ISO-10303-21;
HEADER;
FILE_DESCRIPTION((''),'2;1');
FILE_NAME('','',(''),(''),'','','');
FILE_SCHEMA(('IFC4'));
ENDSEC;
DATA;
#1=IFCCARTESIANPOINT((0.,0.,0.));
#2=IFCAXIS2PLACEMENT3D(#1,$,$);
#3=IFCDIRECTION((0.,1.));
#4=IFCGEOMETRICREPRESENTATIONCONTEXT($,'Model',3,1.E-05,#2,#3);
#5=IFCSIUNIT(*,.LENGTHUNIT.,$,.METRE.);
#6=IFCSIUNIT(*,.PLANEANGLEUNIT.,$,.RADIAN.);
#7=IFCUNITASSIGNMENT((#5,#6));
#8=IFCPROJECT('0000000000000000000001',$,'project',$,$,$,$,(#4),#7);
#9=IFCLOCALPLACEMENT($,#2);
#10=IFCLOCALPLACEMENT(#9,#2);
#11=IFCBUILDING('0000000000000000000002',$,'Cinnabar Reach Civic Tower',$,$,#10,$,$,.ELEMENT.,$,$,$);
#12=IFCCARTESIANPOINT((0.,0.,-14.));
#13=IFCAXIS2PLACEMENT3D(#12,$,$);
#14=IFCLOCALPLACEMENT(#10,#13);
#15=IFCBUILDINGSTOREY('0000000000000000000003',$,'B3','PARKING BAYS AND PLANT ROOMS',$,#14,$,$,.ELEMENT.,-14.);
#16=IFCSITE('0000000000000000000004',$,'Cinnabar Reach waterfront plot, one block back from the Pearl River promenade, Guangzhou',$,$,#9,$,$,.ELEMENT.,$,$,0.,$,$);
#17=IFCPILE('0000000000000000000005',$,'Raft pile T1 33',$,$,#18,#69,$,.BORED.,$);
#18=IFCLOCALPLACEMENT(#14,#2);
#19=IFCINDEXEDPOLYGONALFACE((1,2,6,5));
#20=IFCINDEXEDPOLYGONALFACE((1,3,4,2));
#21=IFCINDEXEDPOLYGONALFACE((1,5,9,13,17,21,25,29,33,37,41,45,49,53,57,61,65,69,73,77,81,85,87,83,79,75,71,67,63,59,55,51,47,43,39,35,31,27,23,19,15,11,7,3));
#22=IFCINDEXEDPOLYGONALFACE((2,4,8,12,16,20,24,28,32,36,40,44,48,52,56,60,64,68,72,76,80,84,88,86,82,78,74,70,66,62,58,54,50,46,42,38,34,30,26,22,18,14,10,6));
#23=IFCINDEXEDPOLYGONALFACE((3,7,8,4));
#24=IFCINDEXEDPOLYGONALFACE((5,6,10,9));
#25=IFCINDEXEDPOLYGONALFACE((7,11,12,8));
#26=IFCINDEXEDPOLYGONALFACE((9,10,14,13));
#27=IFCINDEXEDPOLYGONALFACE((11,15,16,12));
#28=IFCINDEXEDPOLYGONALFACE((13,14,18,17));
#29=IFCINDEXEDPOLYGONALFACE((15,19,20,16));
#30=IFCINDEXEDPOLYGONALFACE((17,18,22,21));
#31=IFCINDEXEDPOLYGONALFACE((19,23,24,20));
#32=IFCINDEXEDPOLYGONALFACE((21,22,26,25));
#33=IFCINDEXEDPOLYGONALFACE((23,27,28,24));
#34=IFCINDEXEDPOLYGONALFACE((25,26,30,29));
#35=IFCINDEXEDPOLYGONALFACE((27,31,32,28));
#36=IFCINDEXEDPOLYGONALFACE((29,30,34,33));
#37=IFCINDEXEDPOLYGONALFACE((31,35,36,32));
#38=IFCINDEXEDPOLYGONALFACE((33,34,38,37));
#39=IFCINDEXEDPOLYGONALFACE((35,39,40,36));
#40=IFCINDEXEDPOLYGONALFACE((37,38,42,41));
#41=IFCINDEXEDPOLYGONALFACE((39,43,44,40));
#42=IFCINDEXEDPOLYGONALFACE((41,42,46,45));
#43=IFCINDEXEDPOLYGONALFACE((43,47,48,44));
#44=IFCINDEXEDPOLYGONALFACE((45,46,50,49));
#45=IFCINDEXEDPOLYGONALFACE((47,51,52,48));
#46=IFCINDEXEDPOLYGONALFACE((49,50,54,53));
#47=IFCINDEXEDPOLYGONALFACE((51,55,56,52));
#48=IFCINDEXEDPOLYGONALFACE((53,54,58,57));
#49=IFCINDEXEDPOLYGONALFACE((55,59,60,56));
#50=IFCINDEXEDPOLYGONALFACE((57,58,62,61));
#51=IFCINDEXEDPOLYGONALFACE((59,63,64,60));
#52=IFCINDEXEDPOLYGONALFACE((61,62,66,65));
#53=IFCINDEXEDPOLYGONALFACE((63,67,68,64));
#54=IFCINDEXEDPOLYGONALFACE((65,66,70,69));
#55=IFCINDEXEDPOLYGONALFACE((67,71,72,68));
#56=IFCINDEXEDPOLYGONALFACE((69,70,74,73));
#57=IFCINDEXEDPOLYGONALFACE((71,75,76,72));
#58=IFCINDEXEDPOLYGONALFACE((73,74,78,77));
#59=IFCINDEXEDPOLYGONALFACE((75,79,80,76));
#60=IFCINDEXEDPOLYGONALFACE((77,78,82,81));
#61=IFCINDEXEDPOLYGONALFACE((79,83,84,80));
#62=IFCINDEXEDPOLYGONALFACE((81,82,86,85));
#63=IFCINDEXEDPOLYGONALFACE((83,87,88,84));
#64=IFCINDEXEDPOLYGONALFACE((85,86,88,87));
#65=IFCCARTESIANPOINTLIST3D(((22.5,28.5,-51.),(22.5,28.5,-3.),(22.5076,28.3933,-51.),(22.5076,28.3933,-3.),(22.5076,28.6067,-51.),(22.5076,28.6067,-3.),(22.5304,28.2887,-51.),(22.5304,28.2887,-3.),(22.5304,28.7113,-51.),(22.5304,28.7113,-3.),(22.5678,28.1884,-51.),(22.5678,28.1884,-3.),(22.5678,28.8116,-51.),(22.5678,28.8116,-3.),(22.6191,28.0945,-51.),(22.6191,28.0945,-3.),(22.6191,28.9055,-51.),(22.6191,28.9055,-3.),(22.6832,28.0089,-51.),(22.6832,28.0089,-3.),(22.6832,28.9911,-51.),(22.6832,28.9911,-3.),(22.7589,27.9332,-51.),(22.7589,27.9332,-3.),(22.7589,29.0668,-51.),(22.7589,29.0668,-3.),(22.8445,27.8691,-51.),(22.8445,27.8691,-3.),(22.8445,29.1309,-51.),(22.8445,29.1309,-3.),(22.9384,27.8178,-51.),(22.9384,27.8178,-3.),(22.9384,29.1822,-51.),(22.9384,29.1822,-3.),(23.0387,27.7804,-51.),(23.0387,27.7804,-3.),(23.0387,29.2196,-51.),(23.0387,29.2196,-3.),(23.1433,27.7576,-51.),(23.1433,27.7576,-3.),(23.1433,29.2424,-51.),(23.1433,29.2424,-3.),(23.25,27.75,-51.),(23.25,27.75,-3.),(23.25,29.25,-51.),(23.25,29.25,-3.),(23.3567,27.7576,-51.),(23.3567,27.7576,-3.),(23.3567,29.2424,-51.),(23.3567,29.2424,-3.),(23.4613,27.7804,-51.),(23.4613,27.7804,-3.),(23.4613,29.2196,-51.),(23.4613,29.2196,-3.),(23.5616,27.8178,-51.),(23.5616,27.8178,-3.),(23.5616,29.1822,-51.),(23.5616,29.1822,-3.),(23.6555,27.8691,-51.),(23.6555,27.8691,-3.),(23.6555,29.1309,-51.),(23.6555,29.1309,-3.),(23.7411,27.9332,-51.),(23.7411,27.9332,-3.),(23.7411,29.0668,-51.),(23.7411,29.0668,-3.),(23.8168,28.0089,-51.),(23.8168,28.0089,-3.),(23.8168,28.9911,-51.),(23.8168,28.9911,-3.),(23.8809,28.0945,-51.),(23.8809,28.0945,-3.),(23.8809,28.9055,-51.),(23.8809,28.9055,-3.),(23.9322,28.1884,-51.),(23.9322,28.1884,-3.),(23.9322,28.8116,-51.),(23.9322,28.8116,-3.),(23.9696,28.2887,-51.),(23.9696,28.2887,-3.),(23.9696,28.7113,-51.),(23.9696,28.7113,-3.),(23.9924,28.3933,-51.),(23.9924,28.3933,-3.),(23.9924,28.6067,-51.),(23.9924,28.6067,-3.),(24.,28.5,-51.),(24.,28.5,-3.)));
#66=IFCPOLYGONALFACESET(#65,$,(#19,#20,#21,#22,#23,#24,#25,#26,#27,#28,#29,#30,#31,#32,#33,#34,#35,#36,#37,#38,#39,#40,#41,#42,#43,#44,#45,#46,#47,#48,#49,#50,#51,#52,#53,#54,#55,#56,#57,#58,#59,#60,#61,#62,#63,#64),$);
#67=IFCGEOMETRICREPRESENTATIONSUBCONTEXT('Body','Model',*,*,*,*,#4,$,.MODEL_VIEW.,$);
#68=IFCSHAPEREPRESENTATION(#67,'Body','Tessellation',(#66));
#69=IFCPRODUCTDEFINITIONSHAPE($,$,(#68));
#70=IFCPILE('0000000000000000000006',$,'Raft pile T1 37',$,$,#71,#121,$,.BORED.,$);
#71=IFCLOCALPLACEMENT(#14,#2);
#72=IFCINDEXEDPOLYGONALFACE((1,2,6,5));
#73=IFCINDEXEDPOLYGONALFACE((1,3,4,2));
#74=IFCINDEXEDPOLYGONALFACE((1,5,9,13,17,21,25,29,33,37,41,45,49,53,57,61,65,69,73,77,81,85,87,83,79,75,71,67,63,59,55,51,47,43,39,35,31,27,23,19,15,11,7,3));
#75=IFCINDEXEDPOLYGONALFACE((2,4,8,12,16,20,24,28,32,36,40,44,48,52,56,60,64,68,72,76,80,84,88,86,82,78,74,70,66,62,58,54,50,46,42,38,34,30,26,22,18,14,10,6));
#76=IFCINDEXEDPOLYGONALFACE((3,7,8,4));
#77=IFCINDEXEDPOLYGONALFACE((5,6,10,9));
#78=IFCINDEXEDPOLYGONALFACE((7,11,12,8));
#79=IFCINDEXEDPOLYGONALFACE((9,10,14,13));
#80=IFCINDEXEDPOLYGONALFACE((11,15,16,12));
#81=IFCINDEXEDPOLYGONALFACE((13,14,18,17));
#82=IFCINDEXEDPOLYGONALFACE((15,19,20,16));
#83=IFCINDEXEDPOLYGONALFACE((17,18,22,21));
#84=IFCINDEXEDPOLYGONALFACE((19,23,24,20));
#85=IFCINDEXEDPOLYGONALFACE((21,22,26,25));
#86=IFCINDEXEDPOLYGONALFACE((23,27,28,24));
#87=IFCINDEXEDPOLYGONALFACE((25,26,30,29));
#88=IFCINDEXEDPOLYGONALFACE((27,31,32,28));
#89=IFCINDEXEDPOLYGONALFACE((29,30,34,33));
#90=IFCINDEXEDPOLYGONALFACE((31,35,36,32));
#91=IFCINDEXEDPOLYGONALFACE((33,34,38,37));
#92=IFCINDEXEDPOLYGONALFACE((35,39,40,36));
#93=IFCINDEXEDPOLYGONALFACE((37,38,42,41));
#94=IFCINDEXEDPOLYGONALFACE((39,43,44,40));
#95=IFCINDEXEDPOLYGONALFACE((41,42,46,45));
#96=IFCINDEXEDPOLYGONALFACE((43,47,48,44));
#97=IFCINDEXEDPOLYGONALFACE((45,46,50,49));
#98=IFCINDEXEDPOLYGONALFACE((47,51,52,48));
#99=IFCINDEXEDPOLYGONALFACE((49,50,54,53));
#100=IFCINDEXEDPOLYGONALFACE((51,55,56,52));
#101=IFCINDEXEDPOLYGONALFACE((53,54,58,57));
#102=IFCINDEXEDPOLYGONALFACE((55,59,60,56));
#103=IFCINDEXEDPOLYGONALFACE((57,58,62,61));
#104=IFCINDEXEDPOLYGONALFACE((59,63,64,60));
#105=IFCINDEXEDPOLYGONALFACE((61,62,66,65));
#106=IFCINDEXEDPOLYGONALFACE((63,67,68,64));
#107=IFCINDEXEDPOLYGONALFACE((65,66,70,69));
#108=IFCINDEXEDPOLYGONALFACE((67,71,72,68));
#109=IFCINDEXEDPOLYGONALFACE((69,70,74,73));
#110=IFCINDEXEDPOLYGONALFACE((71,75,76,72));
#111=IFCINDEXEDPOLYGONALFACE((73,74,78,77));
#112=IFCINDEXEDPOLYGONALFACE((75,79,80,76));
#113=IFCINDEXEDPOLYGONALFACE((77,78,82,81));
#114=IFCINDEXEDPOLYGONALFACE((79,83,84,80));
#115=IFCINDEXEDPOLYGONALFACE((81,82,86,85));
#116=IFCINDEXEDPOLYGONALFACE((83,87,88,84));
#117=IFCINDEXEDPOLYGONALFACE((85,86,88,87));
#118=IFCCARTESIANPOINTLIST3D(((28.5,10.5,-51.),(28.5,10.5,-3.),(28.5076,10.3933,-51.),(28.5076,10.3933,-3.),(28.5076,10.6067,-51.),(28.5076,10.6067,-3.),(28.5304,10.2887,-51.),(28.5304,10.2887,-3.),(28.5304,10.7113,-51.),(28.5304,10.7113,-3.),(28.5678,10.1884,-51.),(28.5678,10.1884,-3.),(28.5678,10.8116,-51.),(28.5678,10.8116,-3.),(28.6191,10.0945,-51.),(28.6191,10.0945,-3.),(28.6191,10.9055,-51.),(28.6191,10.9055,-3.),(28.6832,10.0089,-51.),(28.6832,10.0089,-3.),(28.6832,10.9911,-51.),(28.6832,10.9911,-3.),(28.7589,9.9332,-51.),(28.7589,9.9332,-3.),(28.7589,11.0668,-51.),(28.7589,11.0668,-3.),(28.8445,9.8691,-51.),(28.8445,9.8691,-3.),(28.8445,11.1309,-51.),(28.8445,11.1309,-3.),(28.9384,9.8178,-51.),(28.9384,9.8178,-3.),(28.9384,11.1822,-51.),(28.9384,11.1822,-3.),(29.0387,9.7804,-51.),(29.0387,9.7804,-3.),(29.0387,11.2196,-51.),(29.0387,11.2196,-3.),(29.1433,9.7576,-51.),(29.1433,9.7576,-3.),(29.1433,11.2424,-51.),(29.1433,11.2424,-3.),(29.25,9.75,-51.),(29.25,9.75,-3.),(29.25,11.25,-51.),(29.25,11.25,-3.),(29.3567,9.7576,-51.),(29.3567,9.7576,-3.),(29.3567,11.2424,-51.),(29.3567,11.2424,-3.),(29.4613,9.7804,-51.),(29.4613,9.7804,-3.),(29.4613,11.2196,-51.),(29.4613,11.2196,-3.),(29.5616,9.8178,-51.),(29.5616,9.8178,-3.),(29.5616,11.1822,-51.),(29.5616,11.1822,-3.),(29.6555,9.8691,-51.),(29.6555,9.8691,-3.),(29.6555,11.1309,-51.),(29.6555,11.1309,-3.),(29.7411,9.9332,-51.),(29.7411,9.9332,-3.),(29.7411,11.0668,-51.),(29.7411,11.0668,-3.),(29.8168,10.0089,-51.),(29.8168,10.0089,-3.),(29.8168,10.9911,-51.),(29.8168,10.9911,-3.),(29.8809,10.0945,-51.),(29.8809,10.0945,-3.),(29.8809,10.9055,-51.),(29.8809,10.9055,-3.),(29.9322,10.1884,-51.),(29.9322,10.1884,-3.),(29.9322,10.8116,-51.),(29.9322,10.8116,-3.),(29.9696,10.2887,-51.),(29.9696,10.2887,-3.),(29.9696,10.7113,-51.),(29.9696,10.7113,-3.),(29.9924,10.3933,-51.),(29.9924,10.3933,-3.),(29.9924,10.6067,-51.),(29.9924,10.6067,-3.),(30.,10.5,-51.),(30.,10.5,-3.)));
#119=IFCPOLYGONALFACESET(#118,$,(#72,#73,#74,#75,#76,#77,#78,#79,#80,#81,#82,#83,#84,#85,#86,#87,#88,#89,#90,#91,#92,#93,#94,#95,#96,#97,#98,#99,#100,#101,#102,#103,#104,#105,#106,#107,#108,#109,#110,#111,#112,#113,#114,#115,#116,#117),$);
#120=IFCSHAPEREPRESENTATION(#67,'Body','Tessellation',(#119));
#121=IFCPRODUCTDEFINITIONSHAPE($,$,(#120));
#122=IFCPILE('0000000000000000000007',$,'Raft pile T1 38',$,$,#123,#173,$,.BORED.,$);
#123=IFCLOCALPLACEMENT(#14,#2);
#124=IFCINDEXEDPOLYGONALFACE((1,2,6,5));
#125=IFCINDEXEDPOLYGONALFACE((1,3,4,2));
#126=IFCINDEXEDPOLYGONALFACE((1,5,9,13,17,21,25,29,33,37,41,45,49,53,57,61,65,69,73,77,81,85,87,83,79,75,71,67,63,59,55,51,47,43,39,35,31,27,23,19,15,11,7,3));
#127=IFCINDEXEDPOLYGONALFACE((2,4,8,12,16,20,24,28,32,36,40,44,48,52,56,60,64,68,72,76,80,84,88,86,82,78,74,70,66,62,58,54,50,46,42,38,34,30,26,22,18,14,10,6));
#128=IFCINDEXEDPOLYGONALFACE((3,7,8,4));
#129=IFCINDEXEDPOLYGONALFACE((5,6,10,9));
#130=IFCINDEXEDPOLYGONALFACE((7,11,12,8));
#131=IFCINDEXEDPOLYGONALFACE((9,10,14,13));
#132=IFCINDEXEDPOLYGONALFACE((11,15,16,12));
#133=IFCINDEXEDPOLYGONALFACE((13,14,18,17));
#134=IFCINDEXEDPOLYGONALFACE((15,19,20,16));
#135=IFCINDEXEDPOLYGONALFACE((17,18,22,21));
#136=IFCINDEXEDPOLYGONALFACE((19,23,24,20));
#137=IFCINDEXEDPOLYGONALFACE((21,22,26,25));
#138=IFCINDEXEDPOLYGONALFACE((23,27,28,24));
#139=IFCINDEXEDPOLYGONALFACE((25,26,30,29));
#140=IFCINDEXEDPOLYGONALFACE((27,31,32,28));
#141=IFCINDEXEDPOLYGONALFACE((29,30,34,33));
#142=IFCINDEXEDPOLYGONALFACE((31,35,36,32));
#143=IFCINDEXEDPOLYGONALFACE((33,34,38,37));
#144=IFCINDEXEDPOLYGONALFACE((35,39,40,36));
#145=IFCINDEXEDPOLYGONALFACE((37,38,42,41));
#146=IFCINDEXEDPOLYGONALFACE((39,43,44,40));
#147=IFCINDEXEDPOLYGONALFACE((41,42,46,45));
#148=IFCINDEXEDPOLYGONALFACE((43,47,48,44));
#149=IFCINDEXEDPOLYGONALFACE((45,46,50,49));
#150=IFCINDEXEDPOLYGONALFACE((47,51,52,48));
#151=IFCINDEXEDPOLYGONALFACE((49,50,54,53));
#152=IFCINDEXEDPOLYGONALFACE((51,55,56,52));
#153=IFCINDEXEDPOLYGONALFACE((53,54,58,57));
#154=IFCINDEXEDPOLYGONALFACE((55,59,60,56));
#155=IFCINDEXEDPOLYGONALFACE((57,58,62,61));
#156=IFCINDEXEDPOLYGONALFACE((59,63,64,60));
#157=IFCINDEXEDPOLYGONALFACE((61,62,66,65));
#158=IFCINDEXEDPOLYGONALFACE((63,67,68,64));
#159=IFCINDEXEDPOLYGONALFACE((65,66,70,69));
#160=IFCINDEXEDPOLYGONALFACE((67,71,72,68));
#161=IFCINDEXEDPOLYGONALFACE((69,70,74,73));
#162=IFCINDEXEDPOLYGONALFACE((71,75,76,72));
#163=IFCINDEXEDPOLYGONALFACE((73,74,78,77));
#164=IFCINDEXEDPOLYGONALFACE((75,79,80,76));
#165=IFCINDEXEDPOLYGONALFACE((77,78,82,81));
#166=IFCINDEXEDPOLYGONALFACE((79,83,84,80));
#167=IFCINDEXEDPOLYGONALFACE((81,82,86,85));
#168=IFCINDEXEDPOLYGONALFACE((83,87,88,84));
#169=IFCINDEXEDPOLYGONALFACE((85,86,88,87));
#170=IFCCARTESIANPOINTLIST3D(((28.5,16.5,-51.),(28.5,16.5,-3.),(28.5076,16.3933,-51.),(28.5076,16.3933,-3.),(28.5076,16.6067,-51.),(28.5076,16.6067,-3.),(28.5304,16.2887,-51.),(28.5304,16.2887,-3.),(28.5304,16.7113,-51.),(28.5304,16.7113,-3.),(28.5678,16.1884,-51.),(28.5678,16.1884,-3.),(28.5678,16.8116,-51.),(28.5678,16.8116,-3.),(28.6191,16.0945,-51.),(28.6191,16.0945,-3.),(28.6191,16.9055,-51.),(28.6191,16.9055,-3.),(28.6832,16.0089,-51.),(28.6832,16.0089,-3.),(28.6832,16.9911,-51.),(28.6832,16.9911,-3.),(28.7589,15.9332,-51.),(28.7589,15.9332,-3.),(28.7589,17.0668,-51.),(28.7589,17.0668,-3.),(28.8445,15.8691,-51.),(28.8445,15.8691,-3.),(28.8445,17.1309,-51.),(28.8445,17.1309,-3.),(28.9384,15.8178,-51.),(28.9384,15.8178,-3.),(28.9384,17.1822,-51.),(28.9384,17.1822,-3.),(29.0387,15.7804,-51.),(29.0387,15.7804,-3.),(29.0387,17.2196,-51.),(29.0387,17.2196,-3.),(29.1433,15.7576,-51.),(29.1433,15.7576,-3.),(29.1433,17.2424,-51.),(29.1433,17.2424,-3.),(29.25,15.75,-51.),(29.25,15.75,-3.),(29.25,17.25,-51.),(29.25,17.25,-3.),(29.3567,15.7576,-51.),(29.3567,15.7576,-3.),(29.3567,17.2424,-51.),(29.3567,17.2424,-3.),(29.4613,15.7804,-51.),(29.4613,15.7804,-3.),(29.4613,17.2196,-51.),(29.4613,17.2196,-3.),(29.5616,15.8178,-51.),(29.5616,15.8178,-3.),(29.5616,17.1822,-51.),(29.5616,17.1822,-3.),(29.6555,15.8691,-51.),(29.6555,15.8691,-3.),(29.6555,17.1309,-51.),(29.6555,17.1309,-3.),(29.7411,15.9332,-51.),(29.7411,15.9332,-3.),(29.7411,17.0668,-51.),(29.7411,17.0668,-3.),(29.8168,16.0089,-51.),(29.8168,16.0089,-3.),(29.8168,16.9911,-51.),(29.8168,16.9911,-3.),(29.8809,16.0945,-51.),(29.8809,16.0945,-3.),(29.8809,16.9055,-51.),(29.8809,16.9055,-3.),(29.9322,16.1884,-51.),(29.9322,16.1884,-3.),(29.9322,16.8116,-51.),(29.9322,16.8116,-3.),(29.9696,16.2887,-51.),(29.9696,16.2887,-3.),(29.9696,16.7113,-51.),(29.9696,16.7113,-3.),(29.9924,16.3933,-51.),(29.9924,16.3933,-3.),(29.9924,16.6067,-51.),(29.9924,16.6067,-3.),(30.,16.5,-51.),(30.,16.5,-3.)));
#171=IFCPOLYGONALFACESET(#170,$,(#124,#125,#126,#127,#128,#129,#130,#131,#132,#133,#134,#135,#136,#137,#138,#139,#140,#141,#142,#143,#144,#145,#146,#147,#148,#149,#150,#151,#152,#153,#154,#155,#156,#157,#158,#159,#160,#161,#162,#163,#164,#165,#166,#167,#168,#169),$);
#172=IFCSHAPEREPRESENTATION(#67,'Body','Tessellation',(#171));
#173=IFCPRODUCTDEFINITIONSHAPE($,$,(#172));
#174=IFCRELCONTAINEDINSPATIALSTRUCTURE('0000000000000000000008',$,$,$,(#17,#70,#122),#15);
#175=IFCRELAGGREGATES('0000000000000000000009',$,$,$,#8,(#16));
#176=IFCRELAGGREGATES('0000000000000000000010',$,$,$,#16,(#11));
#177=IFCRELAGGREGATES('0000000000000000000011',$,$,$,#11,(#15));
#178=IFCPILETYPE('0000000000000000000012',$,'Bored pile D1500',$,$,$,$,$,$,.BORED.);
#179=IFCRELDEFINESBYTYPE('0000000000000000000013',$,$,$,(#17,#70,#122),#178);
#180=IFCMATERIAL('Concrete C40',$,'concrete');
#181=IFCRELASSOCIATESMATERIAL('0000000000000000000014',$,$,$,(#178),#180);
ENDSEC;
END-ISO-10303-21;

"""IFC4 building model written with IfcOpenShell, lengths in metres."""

from ifc_helpers import new_model, si_unit, direction, frame, origin, origin_2d, place, context, subcontext, project, spatial, circle, extrude, material, type_object, element, save


model = new_model("IFC4")

# Units and contexts
model_context = context("Model", 3, precision=1e-05, world=origin(), true_north=direction((0.0, 1.0)))
body_context = subcontext(model_context, "Body", "Model", "MODEL_VIEW")
ifc_project = project(units=[si_unit("LENGTHUNIT", "METRE"), si_unit("PLANEANGLEUNIT", "RADIAN")], contexts=[model_context])

# Site, building, storey
site_placement = place(None, origin())
site = spatial("IfcSite", under=ifc_project, at=site_placement, Name="Cinnabar Reach waterfront plot, one block back from the Pearl River promenade, Guangzhou", CompositionType="ELEMENT", RefElevation=0.0)
building_placement = place(site_placement, origin())
building = spatial("IfcBuilding", under=site, at=building_placement, Name="Cinnabar Reach Civic Tower", CompositionType="ELEMENT")
storey_placement = place(building_placement, frame((0.0, 0.0, -14.0)))
storey = spatial("IfcBuildingStorey", under=building, at=storey_placement, Name="B3", Description="PARKING BAYS AND PLANT ROOMS", CompositionType="ELEMENT", Elevation=-14.0)

# Piles
ifc_material_1 = material(Name="Concrete C40", Category="concrete")
pile_type = type_object("IfcPileType", Name="Bored pile D1500", PredefinedType="BORED", material=ifc_material_1)
for number, where, z_axis, x_axis, name in (
    (1, (23.25, 28.5, -3.0), (0.0, 0.0, -1.0), (1.0, 0.0, 0.0), "Raft pile T1 33"),
    (2, (29.25, 10.5, -3.0), (0.0, 0.0, -1.0), (1.0, 0.0, 0.0), "Raft pile T1 37"),
    (3, (29.25, 16.5, -3.0), (0.0, 0.0, -1.0), (1.0, 0.0, 0.0), "Raft pile T1 38"),
):
    element("IfcPile", number, at=place(storey_placement, frame(where, z_axis=z_axis, x_axis=x_axis)), inside=storey, type_object=pile_type, Name=name, PredefinedType="BORED", context=body_context, shape_type="SweptSolid", body=[
        extrude(circle(Radius=0.75, at=origin_2d()), origin(), (0.0, 0.0, 1.0), 48.0),
    ])

save(model, "model.ifc")
